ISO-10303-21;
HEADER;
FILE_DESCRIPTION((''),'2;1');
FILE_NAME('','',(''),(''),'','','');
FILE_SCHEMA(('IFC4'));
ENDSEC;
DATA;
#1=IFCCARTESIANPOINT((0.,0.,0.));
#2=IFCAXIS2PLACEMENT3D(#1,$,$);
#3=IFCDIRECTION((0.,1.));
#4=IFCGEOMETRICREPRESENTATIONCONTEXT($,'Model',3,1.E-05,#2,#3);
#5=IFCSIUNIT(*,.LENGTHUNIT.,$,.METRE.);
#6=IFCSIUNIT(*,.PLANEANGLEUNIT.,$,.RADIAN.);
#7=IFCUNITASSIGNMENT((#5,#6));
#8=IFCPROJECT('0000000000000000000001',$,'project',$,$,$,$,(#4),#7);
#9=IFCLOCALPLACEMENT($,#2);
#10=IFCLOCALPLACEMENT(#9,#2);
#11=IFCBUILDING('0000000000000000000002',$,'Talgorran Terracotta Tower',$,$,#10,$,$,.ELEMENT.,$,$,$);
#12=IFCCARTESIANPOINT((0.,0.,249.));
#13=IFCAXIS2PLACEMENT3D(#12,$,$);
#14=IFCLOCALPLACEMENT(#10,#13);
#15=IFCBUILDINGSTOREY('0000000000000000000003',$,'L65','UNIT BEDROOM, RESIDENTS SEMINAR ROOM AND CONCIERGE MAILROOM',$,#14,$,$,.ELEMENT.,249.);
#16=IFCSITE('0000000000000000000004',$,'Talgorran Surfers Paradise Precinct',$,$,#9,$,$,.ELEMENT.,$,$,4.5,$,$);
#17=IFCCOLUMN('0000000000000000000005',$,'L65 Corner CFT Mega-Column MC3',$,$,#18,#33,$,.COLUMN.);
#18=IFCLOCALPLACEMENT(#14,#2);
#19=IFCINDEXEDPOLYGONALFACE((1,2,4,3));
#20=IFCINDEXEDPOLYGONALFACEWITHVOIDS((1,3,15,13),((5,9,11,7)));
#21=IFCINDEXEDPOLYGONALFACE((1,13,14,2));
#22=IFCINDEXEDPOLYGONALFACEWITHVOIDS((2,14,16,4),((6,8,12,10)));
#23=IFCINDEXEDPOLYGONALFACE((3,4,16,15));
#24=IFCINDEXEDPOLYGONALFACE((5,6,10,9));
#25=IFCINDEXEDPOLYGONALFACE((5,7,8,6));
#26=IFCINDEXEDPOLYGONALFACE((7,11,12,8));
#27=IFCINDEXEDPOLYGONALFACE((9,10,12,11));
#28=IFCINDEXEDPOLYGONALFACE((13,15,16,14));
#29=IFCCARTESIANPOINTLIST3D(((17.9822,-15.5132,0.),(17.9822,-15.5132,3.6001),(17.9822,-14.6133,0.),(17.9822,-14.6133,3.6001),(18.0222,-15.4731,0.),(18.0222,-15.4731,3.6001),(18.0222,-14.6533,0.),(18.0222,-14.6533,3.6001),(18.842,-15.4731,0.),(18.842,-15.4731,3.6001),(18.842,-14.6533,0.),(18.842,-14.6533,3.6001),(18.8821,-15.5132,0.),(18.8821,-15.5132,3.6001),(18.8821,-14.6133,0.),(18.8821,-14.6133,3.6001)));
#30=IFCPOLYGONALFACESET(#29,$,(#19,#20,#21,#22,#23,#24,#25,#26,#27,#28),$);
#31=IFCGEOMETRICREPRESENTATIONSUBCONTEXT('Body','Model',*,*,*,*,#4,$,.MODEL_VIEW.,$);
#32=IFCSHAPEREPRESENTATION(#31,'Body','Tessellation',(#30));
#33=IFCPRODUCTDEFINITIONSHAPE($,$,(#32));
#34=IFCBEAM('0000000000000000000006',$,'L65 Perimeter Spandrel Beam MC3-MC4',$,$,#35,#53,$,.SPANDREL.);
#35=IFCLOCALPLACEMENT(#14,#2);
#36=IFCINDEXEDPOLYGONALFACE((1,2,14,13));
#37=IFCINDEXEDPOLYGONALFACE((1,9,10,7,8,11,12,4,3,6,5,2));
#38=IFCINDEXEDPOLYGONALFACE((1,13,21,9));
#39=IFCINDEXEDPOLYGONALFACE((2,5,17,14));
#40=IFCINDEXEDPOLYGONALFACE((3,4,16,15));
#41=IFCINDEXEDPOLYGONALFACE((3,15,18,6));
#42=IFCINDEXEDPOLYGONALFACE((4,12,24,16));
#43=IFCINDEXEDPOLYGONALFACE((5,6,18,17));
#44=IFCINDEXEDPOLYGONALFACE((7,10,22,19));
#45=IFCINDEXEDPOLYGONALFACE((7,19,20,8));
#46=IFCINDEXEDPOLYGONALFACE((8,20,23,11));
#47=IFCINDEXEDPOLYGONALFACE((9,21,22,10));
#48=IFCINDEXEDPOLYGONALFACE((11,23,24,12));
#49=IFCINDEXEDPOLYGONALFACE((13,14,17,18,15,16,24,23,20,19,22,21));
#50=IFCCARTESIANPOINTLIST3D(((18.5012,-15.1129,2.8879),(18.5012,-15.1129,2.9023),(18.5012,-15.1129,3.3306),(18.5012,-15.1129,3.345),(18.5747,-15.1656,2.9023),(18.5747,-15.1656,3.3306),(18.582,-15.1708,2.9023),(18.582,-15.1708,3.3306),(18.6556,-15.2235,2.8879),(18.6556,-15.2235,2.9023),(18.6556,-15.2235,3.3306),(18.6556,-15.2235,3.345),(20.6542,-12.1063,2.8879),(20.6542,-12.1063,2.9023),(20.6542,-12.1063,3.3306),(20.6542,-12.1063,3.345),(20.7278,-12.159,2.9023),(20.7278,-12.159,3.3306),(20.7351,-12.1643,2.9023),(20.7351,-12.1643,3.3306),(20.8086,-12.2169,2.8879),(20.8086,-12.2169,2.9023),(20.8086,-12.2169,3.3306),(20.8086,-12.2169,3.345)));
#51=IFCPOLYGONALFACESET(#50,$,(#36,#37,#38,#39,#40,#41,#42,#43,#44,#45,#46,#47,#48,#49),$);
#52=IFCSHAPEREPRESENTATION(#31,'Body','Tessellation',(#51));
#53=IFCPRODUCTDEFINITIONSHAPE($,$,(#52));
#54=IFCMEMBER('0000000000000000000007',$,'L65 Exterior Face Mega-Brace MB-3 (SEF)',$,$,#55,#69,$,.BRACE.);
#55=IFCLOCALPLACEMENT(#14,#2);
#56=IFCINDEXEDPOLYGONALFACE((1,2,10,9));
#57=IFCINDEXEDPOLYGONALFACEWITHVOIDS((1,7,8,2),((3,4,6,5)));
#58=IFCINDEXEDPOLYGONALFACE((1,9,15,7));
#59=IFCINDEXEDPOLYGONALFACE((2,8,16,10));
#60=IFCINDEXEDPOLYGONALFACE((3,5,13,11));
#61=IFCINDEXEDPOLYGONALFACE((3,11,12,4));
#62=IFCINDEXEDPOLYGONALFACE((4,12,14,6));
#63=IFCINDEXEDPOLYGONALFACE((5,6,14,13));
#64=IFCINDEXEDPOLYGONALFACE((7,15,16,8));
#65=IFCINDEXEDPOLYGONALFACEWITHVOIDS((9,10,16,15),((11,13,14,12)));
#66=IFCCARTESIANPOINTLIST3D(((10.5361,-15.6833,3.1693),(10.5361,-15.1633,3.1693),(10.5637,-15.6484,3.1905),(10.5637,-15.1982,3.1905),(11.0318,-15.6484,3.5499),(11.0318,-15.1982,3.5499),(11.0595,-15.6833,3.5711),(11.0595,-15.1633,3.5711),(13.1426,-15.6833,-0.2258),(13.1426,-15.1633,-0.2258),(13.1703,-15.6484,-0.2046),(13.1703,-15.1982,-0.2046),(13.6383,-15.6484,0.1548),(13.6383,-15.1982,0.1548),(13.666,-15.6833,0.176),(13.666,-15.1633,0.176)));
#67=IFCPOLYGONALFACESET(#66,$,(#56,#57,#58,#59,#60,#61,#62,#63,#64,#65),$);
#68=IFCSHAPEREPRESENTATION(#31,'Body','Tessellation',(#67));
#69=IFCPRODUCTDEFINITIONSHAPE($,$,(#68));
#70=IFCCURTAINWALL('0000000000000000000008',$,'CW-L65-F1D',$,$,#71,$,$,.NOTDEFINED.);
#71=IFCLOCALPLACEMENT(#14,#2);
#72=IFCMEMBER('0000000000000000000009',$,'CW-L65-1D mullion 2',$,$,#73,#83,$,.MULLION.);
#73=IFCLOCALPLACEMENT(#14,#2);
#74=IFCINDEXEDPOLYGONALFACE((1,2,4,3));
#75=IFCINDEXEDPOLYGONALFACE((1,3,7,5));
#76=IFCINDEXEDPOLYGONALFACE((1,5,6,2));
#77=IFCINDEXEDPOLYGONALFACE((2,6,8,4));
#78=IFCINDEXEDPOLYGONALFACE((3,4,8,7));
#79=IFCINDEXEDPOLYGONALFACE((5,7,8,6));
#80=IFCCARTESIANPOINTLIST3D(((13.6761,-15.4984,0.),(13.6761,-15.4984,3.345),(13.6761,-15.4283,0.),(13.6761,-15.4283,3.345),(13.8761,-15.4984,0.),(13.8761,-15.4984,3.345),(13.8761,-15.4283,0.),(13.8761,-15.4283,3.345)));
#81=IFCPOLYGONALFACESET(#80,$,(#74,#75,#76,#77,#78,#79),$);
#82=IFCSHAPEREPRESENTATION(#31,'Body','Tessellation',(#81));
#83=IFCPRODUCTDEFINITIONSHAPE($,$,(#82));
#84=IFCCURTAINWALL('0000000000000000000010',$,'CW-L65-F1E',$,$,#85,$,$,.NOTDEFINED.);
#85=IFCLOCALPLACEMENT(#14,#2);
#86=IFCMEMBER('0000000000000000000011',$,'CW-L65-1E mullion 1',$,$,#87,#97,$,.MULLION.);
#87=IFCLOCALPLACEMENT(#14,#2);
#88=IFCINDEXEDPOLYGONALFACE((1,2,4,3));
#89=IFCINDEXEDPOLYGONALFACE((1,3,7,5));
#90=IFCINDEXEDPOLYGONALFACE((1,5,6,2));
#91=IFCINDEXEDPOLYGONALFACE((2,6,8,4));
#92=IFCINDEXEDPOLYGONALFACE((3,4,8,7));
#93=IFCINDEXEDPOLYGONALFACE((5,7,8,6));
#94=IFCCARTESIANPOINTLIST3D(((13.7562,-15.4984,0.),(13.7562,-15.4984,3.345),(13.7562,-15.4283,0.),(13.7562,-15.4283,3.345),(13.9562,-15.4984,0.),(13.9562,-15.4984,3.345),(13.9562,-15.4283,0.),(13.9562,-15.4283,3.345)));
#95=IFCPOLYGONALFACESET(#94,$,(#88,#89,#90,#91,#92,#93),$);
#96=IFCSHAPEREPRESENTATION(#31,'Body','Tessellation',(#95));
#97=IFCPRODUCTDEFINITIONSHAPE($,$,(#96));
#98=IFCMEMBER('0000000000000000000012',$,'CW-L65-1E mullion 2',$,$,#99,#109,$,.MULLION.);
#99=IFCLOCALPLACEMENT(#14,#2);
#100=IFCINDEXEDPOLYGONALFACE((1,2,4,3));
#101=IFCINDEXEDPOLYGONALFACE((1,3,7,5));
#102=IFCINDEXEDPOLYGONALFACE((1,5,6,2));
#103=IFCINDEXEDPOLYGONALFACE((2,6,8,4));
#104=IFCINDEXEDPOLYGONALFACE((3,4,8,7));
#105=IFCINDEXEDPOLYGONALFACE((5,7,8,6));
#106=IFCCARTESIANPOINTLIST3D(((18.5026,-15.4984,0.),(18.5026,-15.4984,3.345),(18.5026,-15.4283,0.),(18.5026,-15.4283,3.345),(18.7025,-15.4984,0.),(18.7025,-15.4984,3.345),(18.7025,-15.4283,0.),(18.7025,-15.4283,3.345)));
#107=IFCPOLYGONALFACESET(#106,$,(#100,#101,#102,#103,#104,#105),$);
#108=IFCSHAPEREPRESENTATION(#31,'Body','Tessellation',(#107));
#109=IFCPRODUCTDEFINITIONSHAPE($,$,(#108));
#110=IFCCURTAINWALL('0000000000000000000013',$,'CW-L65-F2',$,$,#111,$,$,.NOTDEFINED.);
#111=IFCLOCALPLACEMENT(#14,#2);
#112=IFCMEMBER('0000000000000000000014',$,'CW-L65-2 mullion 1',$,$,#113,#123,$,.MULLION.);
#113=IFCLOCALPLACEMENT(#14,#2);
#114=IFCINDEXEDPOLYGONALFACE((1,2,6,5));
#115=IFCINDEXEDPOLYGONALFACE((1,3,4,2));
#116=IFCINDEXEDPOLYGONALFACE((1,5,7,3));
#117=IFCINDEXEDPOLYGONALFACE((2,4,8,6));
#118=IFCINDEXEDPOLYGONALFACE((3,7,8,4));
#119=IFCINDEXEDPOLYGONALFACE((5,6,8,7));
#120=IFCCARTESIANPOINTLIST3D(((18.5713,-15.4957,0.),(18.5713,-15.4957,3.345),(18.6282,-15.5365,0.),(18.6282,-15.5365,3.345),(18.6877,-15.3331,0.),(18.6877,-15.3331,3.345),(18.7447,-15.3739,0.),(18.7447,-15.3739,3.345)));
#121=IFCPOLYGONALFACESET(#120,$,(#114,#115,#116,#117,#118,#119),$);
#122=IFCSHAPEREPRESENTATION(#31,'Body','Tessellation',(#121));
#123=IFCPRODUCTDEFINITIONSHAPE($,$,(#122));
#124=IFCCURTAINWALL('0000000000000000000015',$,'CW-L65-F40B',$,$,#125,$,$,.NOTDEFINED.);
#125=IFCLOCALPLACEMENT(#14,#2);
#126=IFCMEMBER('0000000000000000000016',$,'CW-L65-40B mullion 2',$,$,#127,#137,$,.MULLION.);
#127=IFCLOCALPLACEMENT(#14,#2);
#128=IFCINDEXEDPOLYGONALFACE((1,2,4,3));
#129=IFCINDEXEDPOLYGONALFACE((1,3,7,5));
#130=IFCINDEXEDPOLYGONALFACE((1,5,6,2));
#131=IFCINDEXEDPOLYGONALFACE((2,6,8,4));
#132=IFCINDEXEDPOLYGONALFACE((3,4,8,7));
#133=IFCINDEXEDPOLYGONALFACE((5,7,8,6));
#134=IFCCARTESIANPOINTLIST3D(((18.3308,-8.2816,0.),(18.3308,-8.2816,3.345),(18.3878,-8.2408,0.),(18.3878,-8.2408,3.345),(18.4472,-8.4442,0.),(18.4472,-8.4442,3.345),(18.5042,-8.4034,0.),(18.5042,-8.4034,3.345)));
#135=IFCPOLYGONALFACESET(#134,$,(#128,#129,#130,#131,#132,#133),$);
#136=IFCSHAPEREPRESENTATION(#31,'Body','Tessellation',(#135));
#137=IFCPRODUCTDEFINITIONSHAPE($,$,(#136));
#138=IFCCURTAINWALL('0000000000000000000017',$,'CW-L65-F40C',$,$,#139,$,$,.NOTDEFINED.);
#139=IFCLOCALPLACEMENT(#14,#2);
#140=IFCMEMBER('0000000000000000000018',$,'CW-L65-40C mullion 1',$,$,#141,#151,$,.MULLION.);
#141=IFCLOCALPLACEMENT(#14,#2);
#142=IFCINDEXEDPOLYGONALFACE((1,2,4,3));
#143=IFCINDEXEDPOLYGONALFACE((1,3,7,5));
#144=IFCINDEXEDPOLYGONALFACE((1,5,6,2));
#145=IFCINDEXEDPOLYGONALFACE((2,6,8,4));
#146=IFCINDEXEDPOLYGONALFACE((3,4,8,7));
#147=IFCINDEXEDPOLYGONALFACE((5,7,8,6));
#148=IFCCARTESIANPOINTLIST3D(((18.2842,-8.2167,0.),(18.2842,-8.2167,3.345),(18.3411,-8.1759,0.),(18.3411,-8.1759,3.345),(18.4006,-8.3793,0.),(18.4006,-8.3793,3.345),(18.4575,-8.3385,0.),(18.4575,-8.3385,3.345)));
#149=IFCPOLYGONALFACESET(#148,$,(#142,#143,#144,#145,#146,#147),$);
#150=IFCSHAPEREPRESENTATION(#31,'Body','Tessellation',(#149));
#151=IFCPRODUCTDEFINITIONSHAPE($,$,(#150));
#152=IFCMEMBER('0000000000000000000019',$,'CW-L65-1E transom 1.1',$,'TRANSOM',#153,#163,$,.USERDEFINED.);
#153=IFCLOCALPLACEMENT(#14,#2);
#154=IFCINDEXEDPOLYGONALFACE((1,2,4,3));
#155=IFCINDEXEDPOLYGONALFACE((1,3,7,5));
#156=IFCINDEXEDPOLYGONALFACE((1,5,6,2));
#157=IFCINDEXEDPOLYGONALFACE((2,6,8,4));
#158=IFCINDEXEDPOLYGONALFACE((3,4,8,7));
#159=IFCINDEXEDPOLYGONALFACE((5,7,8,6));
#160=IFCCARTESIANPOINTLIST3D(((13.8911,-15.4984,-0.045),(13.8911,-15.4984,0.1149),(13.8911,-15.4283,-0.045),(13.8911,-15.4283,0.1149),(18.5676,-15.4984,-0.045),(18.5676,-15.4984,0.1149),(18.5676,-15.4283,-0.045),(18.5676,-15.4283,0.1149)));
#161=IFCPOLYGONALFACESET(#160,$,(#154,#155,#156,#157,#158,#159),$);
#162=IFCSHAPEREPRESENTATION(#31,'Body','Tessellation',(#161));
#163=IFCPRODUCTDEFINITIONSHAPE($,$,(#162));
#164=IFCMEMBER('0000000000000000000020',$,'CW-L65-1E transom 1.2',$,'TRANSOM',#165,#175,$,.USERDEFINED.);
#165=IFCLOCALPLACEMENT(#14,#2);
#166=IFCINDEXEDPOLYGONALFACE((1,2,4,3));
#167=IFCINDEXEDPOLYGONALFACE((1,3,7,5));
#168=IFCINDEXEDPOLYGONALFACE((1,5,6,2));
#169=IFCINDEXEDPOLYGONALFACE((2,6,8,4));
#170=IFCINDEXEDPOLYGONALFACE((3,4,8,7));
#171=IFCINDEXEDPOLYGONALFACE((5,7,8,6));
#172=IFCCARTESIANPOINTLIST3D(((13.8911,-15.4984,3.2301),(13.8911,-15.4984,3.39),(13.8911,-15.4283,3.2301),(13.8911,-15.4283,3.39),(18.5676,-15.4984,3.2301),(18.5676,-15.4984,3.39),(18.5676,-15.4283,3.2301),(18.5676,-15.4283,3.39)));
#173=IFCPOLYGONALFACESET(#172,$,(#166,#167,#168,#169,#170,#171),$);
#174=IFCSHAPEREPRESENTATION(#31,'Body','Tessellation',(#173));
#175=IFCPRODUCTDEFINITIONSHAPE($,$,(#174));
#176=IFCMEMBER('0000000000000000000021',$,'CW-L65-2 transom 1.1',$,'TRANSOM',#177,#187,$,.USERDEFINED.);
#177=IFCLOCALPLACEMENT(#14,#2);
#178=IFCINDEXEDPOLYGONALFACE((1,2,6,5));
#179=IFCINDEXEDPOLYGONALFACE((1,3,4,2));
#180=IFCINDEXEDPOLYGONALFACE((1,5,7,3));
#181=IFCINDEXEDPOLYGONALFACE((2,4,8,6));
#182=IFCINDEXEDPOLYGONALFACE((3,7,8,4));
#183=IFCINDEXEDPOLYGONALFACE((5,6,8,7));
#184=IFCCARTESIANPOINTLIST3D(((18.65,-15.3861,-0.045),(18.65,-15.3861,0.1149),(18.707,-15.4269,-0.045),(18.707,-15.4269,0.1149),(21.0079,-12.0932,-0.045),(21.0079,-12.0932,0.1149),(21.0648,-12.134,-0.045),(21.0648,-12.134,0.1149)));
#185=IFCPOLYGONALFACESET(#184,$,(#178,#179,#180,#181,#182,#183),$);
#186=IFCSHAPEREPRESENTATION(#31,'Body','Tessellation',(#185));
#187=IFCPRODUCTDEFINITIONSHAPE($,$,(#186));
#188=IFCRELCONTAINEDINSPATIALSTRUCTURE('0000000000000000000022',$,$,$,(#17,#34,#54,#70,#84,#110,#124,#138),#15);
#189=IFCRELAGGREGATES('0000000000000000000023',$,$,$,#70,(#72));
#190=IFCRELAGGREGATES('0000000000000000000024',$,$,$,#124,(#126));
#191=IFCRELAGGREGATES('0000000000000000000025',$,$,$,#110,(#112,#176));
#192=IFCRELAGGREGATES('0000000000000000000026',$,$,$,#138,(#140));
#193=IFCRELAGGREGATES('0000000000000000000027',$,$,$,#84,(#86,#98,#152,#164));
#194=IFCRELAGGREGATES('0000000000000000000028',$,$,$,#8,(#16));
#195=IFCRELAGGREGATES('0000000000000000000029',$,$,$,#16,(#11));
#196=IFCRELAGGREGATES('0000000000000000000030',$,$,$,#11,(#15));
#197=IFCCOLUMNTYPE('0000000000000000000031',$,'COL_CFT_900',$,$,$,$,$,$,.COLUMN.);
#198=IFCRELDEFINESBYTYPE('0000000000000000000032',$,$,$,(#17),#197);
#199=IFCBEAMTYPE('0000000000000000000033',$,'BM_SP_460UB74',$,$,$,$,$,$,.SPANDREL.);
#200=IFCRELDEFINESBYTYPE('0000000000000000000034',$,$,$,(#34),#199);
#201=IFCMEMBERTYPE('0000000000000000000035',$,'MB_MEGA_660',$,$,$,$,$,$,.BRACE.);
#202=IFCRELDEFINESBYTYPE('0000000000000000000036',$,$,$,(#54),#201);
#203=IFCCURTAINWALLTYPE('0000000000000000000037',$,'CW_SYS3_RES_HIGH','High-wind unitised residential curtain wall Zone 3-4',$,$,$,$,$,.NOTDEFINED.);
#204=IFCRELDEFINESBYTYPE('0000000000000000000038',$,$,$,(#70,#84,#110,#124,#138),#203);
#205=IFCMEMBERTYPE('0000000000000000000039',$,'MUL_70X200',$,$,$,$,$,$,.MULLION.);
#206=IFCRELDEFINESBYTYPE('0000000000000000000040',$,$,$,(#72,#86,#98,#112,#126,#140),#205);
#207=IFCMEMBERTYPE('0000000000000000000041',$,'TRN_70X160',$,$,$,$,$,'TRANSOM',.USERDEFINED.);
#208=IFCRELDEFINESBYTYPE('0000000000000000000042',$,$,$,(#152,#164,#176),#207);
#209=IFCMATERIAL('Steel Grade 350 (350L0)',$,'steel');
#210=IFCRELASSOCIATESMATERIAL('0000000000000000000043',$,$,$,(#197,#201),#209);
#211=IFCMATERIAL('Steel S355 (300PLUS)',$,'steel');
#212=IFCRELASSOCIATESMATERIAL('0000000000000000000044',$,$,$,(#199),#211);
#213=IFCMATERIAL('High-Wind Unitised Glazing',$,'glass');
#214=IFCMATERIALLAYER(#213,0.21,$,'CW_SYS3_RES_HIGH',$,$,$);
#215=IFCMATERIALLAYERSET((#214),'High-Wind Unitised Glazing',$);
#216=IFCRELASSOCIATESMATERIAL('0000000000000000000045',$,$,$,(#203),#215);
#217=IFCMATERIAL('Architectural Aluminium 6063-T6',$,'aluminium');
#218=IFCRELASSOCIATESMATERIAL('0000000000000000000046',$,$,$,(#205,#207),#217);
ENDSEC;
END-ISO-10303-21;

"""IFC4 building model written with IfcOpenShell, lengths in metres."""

from ifc_helpers import new_model, si_unit, direction, frame, origin, origin_2d, place, context, subcontext, project, spatial, rectangle, hollow_rectangle, i_section, extrude, material, layer, layer_set, material_profile, profile_set, type_object, element, aggregate, save


model = new_model("IFC4")

# Units and contexts
model_context = context("Model", 3, precision=1e-05, world=origin(), true_north=direction((0.0, 1.0)))
body_context = subcontext(model_context, "Body", "Model", "MODEL_VIEW")
ifc_project = project(units=[si_unit("LENGTHUNIT", "METRE"), si_unit("PLANEANGLEUNIT", "RADIAN")], contexts=[model_context])

# Site, building, storey
site_placement = place(None, origin())
site = spatial("IfcSite", under=ifc_project, at=site_placement, Name="Talgorran Surfers Paradise Precinct", CompositionType="ELEMENT", RefElevation=4.5)
building_placement = place(site_placement, origin())
building = spatial("IfcBuilding", under=site, at=building_placement, Name="Talgorran Terracotta Tower", CompositionType="ELEMENT")
storey_placement = place(building_placement, frame((0.0, 0.0, 249.0)))
storey = spatial("IfcBuildingStorey", under=building, at=storey_placement, Name="L65", Description="UNIT BEDROOM, RESIDENTS SEMINAR ROOM AND CONCIERGE MAILROOM", CompositionType="ELEMENT", Elevation=249.0)

# Column
ifc_material_1 = material(Name="Steel Grade 350 (350L0)", Category="steel")
ifc_material_profile_1 = material_profile(ifc_material_1, hollow_rectangle(XDim=0.8999, YDim=0.8999, WallThickness=0.04, at=origin_2d()), Name="CFT900X900X40")
ifc_profile_set_1 = profile_set([ifc_material_profile_1], Name="Steel Grade 350 (350L0)")
column_type = type_object("IfcColumnType", Name="COL_CFT_900", PredefinedType="COLUMN", material=ifc_profile_set_1)
column_placement = place(storey_placement, frame((18.4321, -15.0632, 0.0), z_axis=(0.0, 0.0, 1.0), x_axis=(1.0, 0.0, 0.0)))
element("IfcColumn", 1, at=column_placement, inside=storey, type_object=column_type, Name="L65 Corner CFT Mega-Column MC3", PredefinedType="COLUMN", context=body_context, shape_type="SweptSolid", body=[
    extrude(hollow_rectangle(XDim=0.8999, YDim=0.8999, WallThickness=0.04, at=origin_2d()), origin(), (0.0, 0.0, 1.0), 3.6001),
])

# Beam
ifc_material_2 = material(Name="Steel S355 (300PLUS)", Category="steel")
ifc_material_profile_2 = material_profile(ifc_material_2, i_section(OverallWidth=0.1899, OverallDepth=0.457, WebThickness=0.009, FlangeThickness=0.0144, at=origin_2d()), Name="460UB74.6")
ifc_profile_set_2 = profile_set([ifc_material_profile_2], Name="Steel S355 (300PLUS)")
beam_type = type_object("IfcBeamType", Name="BM_SP_460UB74", PredefinedType="SPANDREL", material=ifc_profile_set_2)
beam_placement = place(storey_placement, frame((18.5784, -15.1682, 3.1165), z_axis=(0.582224, 0.813028, 0.0), x_axis=(-0.813028, 0.582224, 0.0)))
element("IfcBeam", 2, at=beam_placement, inside=storey, type_object=beam_type, Name="L65 Perimeter Spandrel Beam MC3-MC4", PredefinedType="SPANDREL", context=body_context, shape_type="SweptSolid", body=[
    extrude(i_section(OverallWidth=0.1899, OverallDepth=0.457, WebThickness=0.009, FlangeThickness=0.0144, at=origin_2d()), origin(), (0.0, 0.0, 1.0), 3.698),
])

# Member
ifc_material_profile_3 = material_profile(ifc_material_1, hollow_rectangle(XDim=0.52, YDim=0.6599, WallThickness=0.0349, at=origin_2d()), Name="WBOX660X520X35")
ifc_profile_set_3 = profile_set([ifc_material_profile_3], Name="Steel Grade 350 (350L0)")
member_type_1 = type_object("IfcMemberType", Name="MB_MEGA_660", PredefinedType="BRACE", material=ifc_profile_set_3)
member_1_placement = place(storey_placement, frame((13.4043, -15.4233, -0.0249), z_axis=(-0.608961, 0.0, 0.7932), x_axis=(0.0, -1.0, 0.0)))
element("IfcMember", 3, at=member_1_placement, inside=storey, type_object=member_type_1, Name="L65 Exterior Face Mega-Brace MB-3 (SEF)", PredefinedType="BRACE", context=body_context, shape_type="SweptSolid", body=[
    extrude(hollow_rectangle(XDim=0.52, YDim=0.6599, WallThickness=0.0349, at=origin_2d()), origin(), (0.0, 0.0, 1.0), 4.2803),
])

# Curtain wall, member
ifc_material_3 = material(Name="High-Wind Unitised Glazing", Category="glass")
ifc_layer_1 = layer(ifc_material_3, 0.21, Name="CW_SYS3_RES_HIGH")
ifc_layer_set_1 = layer_set([ifc_layer_1], Name="High-Wind Unitised Glazing")
curtain_wall_type = type_object("IfcCurtainWallType", Name="CW_SYS3_RES_HIGH", Description="High-wind unitised residential curtain wall Zone 3-4", PredefinedType="NOTDEFINED", material=ifc_layer_set_1)
curtain_wall_1_placement = place(storey_placement, origin())
curtain_wall_1 = element("IfcCurtainWall", 4, at=curtain_wall_1_placement, inside=storey, type_object=curtain_wall_type, Name="CW-L65-F1D", PredefinedType="NOTDEFINED")
ifc_material_4 = material(Name="Architectural Aluminium 6063-T6", Category="aluminium")
ifc_material_profile_4 = material_profile(ifc_material_4, rectangle(XDim=0.0701, YDim=0.2, at=origin_2d()), Name="CWM70X200")
ifc_profile_set_4 = profile_set([ifc_material_profile_4], Name="Architectural Aluminium 6063-T6")
member_type_2 = type_object("IfcMemberType", Name="MUL_70X200", PredefinedType="MULLION", material=ifc_profile_set_4)
member_2_placement = place(storey_placement, frame((13.7761, -15.4634, 0.0), z_axis=(0.0, 0.0, 1.0), x_axis=(0.0, 1.0, 0.0)))
member_2 = element("IfcMember", 5, at=member_2_placement, type_object=member_type_2, Name="CW-L65-1D mullion 2", PredefinedType="MULLION", context=body_context, shape_type="SweptSolid", body=[
    extrude(rectangle(XDim=0.0701, YDim=0.2, at=origin_2d()), origin(), (0.0, 0.0, 1.0), 3.345),
])
aggregate(curtain_wall_1, [member_2])

# Curtain wall, members
curtain_wall_2_placement = place(storey_placement, origin())
curtain_wall_2 = element("IfcCurtainWall", 6, at=curtain_wall_2_placement, inside=storey, type_object=curtain_wall_type, Name="CW-L65-F1E", PredefinedType="NOTDEFINED")
member_3_placement = place(storey_placement, frame((13.8562, -15.4634, 0.0), z_axis=(0.0, 0.0, 1.0), x_axis=(0.0, 1.0, 0.0)))
member_3 = element("IfcMember", 7, at=member_3_placement, type_object=member_type_2, Name="CW-L65-1E mullion 1", PredefinedType="MULLION", context=body_context, shape_type="SweptSolid", body=[
    extrude(rectangle(XDim=0.0701, YDim=0.2, at=origin_2d()), origin(), (0.0, 0.0, 1.0), 3.345),
])
member_4_placement = place(storey_placement, frame((18.6025, -15.4634, 0.0), z_axis=(0.0, 0.0, 1.0), x_axis=(0.0, 1.0, 0.0)))
member_4 = element("IfcMember", 8, at=member_4_placement, type_object=member_type_2, Name="CW-L65-1E mullion 2", PredefinedType="MULLION", context=body_context, shape_type="SweptSolid", body=[
    extrude(rectangle(XDim=0.0701, YDim=0.2, at=origin_2d()), origin(), (0.0, 0.0, 1.0), 3.345),
])

# Curtain walls, members
curtain_wall_3_placement = place(storey_placement, origin())
curtain_wall_3 = element("IfcCurtainWall", 9, at=curtain_wall_3_placement, inside=storey, type_object=curtain_wall_type, Name="CW-L65-F2", PredefinedType="NOTDEFINED")
member_5_placement = place(storey_placement, frame((18.658, -15.4348, 0.0), z_axis=(0.0, 0.0, 1.0), x_axis=(-0.813031, 0.58222, 0.0)))
member_5 = element("IfcMember", 10, at=member_5_placement, type_object=member_type_2, Name="CW-L65-2 mullion 1", PredefinedType="MULLION", context=body_context, shape_type="SweptSolid", body=[
    extrude(rectangle(XDim=0.0701, YDim=0.2, at=origin_2d()), origin(), (0.0, 0.0, 1.0), 3.345),
])
curtain_wall_4_placement = place(storey_placement, origin())
curtain_wall_4 = element("IfcCurtainWall", 11, at=curtain_wall_4_placement, inside=storey, type_object=curtain_wall_type, Name="CW-L65-F40B", PredefinedType="NOTDEFINED")
member_6_placement = place(storey_placement, frame((18.4175, -8.3425, 0.0), z_axis=(0.0, 0.0, 1.0), x_axis=(-0.813046, -0.5822, 0.0)))
member_6 = element("IfcMember", 12, at=member_6_placement, type_object=member_type_2, Name="CW-L65-40B mullion 2", PredefinedType="MULLION", context=body_context, shape_type="SweptSolid", body=[
    extrude(rectangle(XDim=0.0701, YDim=0.2, at=origin_2d()), origin(), (0.0, 0.0, 1.0), 3.345),
])
aggregate(curtain_wall_4, [member_6])
curtain_wall_5_placement = place(storey_placement, origin())
curtain_wall_5 = element("IfcCurtainWall", 13, at=curtain_wall_5_placement, inside=storey, type_object=curtain_wall_type, Name="CW-L65-F40C", PredefinedType="NOTDEFINED")
member_7_placement = place(storey_placement, frame((18.3708, -8.2776, 0.0), z_axis=(0.0, 0.0, 1.0), x_axis=(-0.813041, -0.582207, 0.0)))
member_7 = element("IfcMember", 14, at=member_7_placement, type_object=member_type_2, Name="CW-L65-40C mullion 1", PredefinedType="MULLION", context=body_context, shape_type="SweptSolid", body=[
    extrude(rectangle(XDim=0.0701, YDim=0.2, at=origin_2d()), origin(), (0.0, 0.0, 1.0), 3.345),
])

# Members
ifc_material_profile_5 = material_profile(ifc_material_4, rectangle(XDim=0.0701, YDim=0.1599, at=origin_2d()), Name="CWT70X160")
ifc_profile_set_5 = profile_set([ifc_material_profile_5], Name="Architectural Aluminium 6063-T6")
member_type_3 = type_object("IfcMemberType", Name="TRN_70X160", ElementType="TRANSOM", PredefinedType="USERDEFINED", material=ifc_profile_set_5)
member_8_placement = place(storey_placement, frame((13.8911, -15.4634, 0.0349), z_axis=(1.0, 0.0, 0.0), x_axis=(0.0, 1.0, 0.0)))
member_8 = element("IfcMember", 15, at=member_8_placement, type_object=member_type_3, Name="CW-L65-1E transom 1.1", ObjectType="TRANSOM", PredefinedType="USERDEFINED", context=body_context, shape_type="SweptSolid", body=[
    extrude(rectangle(XDim=0.0701, YDim=0.1599, at=origin_2d()), origin(), (0.0, 0.0, 1.0), 4.6765),
])
member_9_placement = place(storey_placement, frame((13.8911, -15.4634, 3.3101), z_axis=(1.0, 0.0, 0.0), x_axis=(0.0, 1.0, 0.0)))
member_9 = element("IfcMember", 16, at=member_9_placement, type_object=member_type_3, Name="CW-L65-1E transom 1.2", ObjectType="TRANSOM", PredefinedType="USERDEFINED", context=body_context, shape_type="SweptSolid", body=[
    extrude(rectangle(XDim=0.0701, YDim=0.1599, at=origin_2d()), origin(), (0.0, 0.0, 1.0), 4.6765),
])
member_10_placement = place(storey_placement, frame((18.6785, -15.4065, 0.0349), z_axis=(0.582184, 0.813057, 0.0), x_axis=(-0.813057, 0.582184, 0.0)))
member_10 = element("IfcMember", 17, at=member_10_placement, type_object=member_type_3, Name="CW-L65-2 transom 1.1", ObjectType="TRANSOM", PredefinedType="USERDEFINED", context=body_context, shape_type="SweptSolid", body=[
    extrude(rectangle(XDim=0.0701, YDim=0.1599, at=origin_2d()), origin(), (0.0, 0.0, 1.0), 4.05),
])
aggregate(curtain_wall_3, [member_5, member_10])
aggregate(curtain_wall_5, [member_7])

aggregate(curtain_wall_2, [member_3, member_4, member_8, member_9])

save(model, "model.ifc")
